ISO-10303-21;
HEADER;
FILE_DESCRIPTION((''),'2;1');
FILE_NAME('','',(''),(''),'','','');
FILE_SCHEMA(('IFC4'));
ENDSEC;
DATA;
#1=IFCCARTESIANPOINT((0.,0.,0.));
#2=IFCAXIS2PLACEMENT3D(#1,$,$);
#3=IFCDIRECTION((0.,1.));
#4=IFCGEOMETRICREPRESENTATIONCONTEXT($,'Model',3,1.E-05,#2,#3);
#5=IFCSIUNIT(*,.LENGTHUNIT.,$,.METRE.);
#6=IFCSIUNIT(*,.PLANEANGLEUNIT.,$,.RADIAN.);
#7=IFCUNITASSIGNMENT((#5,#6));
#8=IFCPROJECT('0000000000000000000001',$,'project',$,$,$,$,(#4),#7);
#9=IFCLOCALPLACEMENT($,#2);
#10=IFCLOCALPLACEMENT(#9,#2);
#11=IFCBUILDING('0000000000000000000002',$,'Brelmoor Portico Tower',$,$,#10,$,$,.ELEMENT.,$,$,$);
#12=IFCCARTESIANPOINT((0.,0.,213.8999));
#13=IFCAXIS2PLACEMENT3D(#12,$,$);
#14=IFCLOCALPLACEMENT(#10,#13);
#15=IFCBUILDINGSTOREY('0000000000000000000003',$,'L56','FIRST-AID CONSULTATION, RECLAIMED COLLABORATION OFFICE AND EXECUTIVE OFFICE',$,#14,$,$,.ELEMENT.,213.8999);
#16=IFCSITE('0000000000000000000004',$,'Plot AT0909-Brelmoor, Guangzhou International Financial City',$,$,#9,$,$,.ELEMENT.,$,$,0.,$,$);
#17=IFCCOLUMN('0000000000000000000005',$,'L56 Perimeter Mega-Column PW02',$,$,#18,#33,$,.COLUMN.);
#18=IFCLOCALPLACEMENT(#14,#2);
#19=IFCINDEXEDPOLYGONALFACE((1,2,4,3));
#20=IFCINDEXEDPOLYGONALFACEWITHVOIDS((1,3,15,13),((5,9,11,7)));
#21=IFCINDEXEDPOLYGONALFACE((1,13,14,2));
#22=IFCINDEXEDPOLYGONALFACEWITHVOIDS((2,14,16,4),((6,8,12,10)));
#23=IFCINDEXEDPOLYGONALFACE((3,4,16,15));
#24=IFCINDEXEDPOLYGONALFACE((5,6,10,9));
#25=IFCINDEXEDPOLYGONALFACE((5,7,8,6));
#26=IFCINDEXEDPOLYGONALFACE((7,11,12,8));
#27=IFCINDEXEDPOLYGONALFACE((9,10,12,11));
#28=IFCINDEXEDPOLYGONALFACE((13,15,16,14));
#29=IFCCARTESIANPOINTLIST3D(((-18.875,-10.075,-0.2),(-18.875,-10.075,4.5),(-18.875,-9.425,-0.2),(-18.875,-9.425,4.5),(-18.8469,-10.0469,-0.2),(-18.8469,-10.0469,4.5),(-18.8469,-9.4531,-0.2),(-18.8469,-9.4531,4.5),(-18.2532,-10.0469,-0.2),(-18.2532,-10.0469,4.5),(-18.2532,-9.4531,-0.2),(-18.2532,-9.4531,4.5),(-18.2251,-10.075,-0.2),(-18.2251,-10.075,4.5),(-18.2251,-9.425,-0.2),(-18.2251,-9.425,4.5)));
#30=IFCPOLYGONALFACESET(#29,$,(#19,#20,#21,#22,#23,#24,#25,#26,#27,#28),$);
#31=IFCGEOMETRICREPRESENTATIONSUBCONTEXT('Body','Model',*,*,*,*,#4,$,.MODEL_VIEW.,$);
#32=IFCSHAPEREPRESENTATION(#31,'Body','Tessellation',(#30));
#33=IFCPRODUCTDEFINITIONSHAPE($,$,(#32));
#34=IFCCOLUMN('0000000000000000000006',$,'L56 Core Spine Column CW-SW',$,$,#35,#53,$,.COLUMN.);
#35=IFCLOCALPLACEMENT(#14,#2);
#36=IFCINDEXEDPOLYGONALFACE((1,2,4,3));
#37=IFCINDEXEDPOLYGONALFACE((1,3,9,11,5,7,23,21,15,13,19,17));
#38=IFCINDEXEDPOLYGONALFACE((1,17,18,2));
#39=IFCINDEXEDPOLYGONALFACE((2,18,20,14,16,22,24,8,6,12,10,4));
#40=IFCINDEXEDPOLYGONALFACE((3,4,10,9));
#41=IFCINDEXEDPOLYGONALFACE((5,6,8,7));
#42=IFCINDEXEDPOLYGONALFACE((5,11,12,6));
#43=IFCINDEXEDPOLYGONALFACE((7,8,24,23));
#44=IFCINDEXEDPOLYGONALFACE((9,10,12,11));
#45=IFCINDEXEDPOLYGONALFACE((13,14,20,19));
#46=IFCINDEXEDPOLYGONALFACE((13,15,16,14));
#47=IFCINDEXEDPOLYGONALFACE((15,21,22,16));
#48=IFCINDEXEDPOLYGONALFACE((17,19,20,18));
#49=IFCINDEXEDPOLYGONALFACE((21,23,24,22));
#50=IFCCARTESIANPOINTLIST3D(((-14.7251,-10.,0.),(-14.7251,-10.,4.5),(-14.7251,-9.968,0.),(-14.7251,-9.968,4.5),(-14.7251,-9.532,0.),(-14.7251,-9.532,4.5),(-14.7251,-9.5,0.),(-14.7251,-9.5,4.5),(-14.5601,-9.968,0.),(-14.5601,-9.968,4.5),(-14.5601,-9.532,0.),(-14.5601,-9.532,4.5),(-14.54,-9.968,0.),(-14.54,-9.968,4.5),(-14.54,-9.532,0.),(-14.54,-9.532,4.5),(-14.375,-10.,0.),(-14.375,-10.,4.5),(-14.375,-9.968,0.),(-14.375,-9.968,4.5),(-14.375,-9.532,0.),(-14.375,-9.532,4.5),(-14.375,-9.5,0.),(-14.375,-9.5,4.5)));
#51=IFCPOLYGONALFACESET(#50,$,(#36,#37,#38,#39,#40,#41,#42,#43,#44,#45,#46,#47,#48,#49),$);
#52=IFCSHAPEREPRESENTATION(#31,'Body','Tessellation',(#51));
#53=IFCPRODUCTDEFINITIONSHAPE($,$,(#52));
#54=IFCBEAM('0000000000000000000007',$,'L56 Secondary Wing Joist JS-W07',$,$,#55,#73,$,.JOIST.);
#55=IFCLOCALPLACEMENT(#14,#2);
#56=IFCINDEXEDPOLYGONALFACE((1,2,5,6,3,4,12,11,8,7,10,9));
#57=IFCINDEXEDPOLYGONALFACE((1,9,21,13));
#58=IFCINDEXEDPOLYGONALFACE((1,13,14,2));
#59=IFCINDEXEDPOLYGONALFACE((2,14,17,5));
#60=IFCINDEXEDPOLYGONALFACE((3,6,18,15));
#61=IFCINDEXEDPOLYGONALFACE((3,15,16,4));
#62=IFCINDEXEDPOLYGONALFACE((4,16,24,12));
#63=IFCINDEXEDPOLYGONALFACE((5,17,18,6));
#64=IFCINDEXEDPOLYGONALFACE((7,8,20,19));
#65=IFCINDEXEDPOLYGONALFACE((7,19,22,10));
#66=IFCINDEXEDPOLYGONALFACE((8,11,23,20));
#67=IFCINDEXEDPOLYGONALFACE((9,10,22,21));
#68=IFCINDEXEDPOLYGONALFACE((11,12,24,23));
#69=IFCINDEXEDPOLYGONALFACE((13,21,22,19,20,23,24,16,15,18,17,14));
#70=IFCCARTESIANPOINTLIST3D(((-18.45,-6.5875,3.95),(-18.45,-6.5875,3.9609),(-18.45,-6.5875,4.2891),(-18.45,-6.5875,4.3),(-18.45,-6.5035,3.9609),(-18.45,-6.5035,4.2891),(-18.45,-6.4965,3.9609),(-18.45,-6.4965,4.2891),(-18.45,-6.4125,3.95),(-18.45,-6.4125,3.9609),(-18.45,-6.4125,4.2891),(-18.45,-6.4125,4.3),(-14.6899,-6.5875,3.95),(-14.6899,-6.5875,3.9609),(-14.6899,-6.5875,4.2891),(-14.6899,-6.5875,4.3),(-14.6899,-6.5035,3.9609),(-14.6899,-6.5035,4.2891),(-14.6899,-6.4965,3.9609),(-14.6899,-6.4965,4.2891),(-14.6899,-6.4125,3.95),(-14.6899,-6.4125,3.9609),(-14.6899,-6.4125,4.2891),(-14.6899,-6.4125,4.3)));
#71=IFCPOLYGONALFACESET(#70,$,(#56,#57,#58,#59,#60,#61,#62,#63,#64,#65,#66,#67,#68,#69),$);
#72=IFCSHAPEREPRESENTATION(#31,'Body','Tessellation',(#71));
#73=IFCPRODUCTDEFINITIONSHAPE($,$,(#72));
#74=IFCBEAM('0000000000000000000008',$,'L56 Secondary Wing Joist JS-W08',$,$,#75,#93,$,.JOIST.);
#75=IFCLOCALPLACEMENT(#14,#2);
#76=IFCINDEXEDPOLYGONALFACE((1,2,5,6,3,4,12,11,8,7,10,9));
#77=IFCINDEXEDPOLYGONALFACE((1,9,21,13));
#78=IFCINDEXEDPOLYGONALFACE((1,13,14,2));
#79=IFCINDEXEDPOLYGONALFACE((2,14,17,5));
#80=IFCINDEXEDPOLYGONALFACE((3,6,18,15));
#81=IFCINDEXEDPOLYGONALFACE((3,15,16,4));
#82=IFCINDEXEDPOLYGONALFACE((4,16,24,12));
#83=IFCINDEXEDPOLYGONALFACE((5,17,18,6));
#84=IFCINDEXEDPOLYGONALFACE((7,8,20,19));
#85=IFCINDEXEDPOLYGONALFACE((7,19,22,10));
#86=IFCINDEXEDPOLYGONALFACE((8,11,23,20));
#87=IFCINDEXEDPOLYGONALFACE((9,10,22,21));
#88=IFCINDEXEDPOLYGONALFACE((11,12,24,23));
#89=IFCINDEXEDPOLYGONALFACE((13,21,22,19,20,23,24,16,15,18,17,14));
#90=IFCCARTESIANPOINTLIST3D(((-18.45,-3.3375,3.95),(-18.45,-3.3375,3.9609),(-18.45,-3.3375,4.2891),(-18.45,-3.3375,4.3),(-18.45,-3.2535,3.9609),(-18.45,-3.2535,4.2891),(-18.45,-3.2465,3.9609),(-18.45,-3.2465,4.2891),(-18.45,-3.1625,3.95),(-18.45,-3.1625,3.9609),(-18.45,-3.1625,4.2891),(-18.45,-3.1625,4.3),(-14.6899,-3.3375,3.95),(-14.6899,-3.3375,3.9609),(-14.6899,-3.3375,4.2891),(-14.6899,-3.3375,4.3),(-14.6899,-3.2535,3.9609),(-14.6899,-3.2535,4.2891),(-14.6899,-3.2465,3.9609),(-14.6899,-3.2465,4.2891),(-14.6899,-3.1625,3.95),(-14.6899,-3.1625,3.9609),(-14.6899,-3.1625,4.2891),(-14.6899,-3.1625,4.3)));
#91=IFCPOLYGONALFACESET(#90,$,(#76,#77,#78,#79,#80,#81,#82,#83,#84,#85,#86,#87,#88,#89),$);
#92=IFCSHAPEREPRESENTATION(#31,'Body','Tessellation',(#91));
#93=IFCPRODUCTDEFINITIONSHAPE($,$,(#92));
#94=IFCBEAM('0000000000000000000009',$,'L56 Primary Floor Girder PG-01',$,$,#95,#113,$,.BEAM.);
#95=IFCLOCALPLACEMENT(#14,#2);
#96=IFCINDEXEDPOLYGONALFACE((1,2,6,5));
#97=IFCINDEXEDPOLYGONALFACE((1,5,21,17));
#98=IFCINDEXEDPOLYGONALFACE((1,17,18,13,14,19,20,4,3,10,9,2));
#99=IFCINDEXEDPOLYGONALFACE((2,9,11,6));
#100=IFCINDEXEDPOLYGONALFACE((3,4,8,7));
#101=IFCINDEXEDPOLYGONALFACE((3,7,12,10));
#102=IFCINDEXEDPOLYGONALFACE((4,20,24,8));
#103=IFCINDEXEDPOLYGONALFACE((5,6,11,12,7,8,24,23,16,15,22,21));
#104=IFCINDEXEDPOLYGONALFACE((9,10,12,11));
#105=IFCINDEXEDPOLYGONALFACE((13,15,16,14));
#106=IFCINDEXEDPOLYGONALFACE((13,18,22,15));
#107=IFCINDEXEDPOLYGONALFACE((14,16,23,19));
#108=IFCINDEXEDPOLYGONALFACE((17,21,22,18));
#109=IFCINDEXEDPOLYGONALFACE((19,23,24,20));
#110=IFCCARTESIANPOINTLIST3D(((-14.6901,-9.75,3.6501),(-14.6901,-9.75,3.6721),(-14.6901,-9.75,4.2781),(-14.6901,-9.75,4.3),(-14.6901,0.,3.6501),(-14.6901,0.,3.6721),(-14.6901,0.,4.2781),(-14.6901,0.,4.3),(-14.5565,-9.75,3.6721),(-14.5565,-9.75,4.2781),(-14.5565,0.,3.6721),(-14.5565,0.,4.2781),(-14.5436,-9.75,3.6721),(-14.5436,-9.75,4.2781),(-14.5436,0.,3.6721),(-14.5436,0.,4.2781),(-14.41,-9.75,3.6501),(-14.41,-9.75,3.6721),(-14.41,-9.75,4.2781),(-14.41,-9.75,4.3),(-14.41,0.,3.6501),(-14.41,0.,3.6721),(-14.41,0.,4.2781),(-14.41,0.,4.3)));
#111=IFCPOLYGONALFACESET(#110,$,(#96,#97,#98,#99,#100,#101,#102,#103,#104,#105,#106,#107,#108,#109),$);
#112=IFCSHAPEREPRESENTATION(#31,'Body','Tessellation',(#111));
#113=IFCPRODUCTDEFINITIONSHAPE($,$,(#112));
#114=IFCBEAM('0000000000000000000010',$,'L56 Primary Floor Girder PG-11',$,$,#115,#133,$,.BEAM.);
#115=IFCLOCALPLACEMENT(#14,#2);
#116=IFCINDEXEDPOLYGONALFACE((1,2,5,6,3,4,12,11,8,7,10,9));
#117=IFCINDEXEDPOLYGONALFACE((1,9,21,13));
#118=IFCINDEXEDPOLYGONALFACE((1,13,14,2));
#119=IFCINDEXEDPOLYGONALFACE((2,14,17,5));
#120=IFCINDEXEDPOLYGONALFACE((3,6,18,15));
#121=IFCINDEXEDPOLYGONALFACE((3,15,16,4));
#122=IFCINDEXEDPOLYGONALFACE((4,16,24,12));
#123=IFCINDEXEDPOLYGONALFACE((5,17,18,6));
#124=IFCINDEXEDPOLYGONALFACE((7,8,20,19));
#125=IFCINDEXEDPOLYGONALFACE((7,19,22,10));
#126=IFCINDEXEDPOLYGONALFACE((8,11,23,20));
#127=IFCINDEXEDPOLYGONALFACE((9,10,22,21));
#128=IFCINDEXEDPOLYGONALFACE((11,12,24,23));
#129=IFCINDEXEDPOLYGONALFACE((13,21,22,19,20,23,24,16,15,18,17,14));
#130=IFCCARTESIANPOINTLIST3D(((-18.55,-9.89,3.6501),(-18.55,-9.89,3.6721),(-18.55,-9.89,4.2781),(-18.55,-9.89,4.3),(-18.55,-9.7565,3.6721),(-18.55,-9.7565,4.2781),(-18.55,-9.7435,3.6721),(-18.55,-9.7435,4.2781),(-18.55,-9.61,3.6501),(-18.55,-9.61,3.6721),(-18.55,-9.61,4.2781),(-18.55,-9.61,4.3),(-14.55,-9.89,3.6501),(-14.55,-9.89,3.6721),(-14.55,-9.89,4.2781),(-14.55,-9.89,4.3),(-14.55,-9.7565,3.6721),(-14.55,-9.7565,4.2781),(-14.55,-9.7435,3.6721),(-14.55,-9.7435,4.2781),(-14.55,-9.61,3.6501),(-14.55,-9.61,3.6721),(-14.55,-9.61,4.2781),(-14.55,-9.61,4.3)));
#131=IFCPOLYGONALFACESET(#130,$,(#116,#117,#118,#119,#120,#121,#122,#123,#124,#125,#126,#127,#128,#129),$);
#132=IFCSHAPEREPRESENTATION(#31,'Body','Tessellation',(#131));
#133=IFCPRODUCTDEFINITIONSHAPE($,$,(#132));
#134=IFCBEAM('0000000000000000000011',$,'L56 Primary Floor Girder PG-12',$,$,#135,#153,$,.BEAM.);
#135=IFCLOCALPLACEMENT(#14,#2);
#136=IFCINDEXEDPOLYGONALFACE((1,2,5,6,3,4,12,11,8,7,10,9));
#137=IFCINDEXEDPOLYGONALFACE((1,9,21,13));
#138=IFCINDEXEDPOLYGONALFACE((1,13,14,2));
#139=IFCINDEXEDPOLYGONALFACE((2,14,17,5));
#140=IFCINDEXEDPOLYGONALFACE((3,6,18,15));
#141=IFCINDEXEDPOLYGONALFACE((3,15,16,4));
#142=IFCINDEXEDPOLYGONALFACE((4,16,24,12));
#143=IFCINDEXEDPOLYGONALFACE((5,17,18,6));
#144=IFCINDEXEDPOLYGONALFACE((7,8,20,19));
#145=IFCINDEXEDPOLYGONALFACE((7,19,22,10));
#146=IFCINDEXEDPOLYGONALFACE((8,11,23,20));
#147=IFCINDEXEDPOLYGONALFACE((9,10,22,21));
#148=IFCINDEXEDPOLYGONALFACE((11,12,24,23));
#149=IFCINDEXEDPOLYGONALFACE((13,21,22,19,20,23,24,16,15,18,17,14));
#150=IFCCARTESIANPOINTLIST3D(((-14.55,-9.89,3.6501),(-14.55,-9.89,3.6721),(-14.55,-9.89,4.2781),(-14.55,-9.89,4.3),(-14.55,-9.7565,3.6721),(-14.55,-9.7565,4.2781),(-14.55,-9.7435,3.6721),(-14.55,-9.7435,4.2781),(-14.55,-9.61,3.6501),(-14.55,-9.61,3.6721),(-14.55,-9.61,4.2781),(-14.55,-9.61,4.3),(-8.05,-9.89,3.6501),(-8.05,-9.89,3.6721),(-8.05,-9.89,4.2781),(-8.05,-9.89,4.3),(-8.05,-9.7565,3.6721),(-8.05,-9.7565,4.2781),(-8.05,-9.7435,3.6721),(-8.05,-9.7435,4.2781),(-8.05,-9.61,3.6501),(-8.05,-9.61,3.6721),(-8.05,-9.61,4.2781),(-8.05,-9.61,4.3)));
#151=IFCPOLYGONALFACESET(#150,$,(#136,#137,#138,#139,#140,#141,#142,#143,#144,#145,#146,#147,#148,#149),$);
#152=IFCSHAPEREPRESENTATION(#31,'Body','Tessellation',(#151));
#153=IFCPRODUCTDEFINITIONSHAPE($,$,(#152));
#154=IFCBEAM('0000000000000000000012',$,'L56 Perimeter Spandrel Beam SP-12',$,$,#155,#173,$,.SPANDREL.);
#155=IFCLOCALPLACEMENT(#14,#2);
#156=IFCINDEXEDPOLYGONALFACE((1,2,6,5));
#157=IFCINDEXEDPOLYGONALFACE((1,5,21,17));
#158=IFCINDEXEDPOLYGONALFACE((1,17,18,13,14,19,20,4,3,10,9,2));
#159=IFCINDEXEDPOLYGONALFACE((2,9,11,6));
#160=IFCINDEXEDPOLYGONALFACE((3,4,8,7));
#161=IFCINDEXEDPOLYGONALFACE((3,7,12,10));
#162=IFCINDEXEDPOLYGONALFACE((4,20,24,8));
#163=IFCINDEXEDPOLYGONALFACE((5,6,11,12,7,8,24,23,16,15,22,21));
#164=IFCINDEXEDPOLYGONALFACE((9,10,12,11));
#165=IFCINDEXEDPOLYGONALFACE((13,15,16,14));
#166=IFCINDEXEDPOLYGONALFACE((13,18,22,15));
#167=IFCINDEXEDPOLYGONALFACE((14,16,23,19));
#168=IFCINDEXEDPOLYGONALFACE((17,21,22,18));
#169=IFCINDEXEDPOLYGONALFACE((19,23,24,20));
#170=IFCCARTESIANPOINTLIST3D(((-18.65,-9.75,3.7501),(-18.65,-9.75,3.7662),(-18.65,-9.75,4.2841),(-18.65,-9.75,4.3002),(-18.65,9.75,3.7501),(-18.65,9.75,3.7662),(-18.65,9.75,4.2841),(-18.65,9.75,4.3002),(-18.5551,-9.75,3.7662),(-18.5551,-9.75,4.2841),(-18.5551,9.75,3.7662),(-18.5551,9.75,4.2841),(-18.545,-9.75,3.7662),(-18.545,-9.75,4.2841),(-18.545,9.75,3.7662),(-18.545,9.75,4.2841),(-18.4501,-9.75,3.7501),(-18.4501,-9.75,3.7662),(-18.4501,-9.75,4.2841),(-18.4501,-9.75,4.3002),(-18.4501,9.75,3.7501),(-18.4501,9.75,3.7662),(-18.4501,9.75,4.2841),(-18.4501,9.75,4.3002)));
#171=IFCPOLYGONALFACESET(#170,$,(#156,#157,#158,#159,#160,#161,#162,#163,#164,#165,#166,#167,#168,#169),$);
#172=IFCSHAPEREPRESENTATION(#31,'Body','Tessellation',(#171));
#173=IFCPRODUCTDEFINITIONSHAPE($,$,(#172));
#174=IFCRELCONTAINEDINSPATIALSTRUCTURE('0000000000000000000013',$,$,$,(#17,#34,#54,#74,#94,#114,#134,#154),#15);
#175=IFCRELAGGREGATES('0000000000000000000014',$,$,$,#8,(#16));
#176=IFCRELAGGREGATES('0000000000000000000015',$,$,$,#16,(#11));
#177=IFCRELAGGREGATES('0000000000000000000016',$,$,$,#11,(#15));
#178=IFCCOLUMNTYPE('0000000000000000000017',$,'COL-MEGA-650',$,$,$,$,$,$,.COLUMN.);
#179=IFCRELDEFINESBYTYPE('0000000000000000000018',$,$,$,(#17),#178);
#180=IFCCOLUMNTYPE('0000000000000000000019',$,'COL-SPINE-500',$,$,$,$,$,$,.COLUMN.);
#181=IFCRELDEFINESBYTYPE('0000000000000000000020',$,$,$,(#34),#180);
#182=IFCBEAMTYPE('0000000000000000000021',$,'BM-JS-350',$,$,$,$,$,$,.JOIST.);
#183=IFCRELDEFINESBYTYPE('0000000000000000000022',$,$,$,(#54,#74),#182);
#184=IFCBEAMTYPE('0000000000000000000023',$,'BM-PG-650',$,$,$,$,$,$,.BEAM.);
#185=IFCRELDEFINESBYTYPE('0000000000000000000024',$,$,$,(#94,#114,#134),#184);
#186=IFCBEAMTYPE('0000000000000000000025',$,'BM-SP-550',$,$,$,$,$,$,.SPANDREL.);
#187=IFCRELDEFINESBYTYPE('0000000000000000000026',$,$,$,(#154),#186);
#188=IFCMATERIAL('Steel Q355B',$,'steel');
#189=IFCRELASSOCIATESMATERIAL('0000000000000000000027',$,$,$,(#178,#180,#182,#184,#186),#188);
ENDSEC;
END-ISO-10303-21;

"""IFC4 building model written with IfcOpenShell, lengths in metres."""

from ifc_helpers import new_model, si_unit, direction, frame, origin, origin_2d, place, context, subcontext, project, spatial, hollow_rectangle, i_section, extrude, material, material_profile, profile_set, type_object, element, save


model = new_model("IFC4")

# Units and contexts
model_context = context("Model", 3, precision=1e-05, world=origin(), true_north=direction((0.0, 1.0)))
body_context = subcontext(model_context, "Body", "Model", "MODEL_VIEW")
ifc_project = project(units=[si_unit("LENGTHUNIT", "METRE"), si_unit("PLANEANGLEUNIT", "RADIAN")], contexts=[model_context])

# Site, building, storey
site_placement = place(None, origin())
site = spatial("IfcSite", under=ifc_project, at=site_placement, Name="Plot AT0909-Brelmoor, Guangzhou International Financial City", CompositionType="ELEMENT", RefElevation=0.0)
building_placement = place(site_placement, origin())
building = spatial("IfcBuilding", under=site, at=building_placement, Name="Brelmoor Portico Tower", CompositionType="ELEMENT")
storey_placement = place(building_placement, frame((0.0, 0.0, 213.8999)))
storey = spatial("IfcBuildingStorey", under=building, at=storey_placement, Name="L56", Description="FIRST-AID CONSULTATION, RECLAIMED COLLABORATION OFFICE AND EXECUTIVE OFFICE", CompositionType="ELEMENT", Elevation=213.8999)

# Columns
ifc_material_1 = material(Name="Steel Q355B", Category="steel")
ifc_material_profile_1 = material_profile(ifc_material_1, hollow_rectangle(XDim=0.6499, YDim=0.6499, WallThickness=0.0281, at=origin_2d()), Name="BOX 650x650x28")
ifc_profile_set_1 = profile_set([ifc_material_profile_1], Name="Steel Q355B")
column_type_1 = type_object("IfcColumnType", Name="COL-MEGA-650", PredefinedType="COLUMN", material=ifc_profile_set_1)
column_1_placement = place(storey_placement, frame((-18.55, -9.75, -0.2), z_axis=(0.0, 0.0, 1.0), x_axis=(0.0, 1.0, 0.0)))
element("IfcColumn", 1, at=column_1_placement, inside=storey, type_object=column_type_1, Name="L56 Perimeter Mega-Column PW02", PredefinedType="COLUMN", context=body_context, shape_type="SweptSolid", body=[
    extrude(hollow_rectangle(XDim=0.6499, YDim=0.6499, WallThickness=0.0281, at=origin_2d()), origin(), (0.0, 0.0, 1.0), 4.7),
])
ifc_material_profile_2 = material_profile(ifc_material_1, i_section(OverallWidth=0.3501, OverallDepth=0.5, WebThickness=0.02, FlangeThickness=0.032, at=origin_2d()), Name="HW 500x350x20x32")
ifc_profile_set_2 = profile_set([ifc_material_profile_2], Name="Steel Q355B")
column_type_2 = type_object("IfcColumnType", Name="COL-SPINE-500", PredefinedType="COLUMN", material=ifc_profile_set_2)
column_2_placement = place(storey_placement, frame((-14.55, -9.75, 0.0), z_axis=(0.0, 0.0, 1.0), x_axis=(1.0, 0.0, 0.0)))
element("IfcColumn", 2, at=column_2_placement, inside=storey, type_object=column_type_2, Name="L56 Core Spine Column CW-SW", PredefinedType="COLUMN", context=body_context, shape_type="SweptSolid", body=[
    extrude(i_section(OverallWidth=0.3501, OverallDepth=0.5, WebThickness=0.02, FlangeThickness=0.032, at=origin_2d()), origin(), (0.0, 0.0, 1.0), 4.5),
])

# Beams
ifc_material_profile_3 = material_profile(ifc_material_1, i_section(OverallWidth=0.175, OverallDepth=0.3501, WebThickness=0.0071, FlangeThickness=0.011, at=origin_2d()), Name="HN 350x175x7x11")
ifc_profile_set_3 = profile_set([ifc_material_profile_3], Name="Steel Q355B")
beam_type_1 = type_object("IfcBeamType", Name="BM-JS-350", PredefinedType="JOIST", material=ifc_profile_set_3)
for number, where, z_axis, x_axis, name in (
    (3, (-18.45, -6.5, 4.125), (1.0, 0.0, 0.0), (0.0, 1.0, 0.0), "L56 Secondary Wing Joist JS-W07"),
    (4, (-18.45, -3.25, 4.125), (1.0, 0.0, 0.0), (0.0, 1.0, 0.0), "L56 Secondary Wing Joist JS-W08"),
):
    element("IfcBeam", number, at=place(storey_placement, frame(where, z_axis=z_axis, x_axis=x_axis)), inside=storey, type_object=beam_type_1, Name=name, PredefinedType="JOIST", context=body_context, shape_type="SweptSolid", body=[
        extrude(i_section(OverallWidth=0.175, OverallDepth=0.3501, WebThickness=0.0071, FlangeThickness=0.011, at=origin_2d()), origin(), (0.0, 0.0, 1.0), 3.76),
    ])
ifc_material_profile_4 = material_profile(ifc_material_1, i_section(OverallWidth=0.28, OverallDepth=0.6499, WebThickness=0.0129, FlangeThickness=0.022, at=origin_2d()), Name="HN 650x280x13x22")
ifc_profile_set_4 = profile_set([ifc_material_profile_4], Name="Steel Q355B")
beam_type_2 = type_object("IfcBeamType", Name="BM-PG-650", PredefinedType="BEAM", material=ifc_profile_set_4)
beam_1_placement = place(storey_placement, frame((-14.55, -9.75, 3.9751), z_axis=(0.0, 1.0, 0.0), x_axis=(-1.0, 0.0, 0.0)))
element("IfcBeam", 5, at=beam_1_placement, inside=storey, type_object=beam_type_2, Name="L56 Primary Floor Girder PG-01", PredefinedType="BEAM", context=body_context, shape_type="SweptSolid", body=[
    extrude(i_section(OverallWidth=0.28, OverallDepth=0.6499, WebThickness=0.0129, FlangeThickness=0.022, at=origin_2d()), origin(), (0.0, 0.0, 1.0), 9.75),
])
beam_2_placement = place(storey_placement, frame((-18.55, -9.75, 3.9751), z_axis=(1.0, 0.0, 0.0), x_axis=(0.0, 1.0, 0.0)))
element("IfcBeam", 6, at=beam_2_placement, inside=storey, type_object=beam_type_2, Name="L56 Primary Floor Girder PG-11", PredefinedType="BEAM", context=body_context, shape_type="SweptSolid", body=[
    extrude(i_section(OverallWidth=0.28, OverallDepth=0.6499, WebThickness=0.0129, FlangeThickness=0.022, at=origin_2d()), origin(), (0.0, 0.0, 1.0), 4.0),
])
beam_3_placement = place(storey_placement, frame((-14.55, -9.75, 3.9751), z_axis=(1.0, 0.0, 0.0), x_axis=(0.0, 1.0, 0.0)))
element("IfcBeam", 7, at=beam_3_placement, inside=storey, type_object=beam_type_2, Name="L56 Primary Floor Girder PG-12", PredefinedType="BEAM", context=body_context, shape_type="SweptSolid", body=[
    extrude(i_section(OverallWidth=0.28, OverallDepth=0.6499, WebThickness=0.0129, FlangeThickness=0.022, at=origin_2d()), origin(), (0.0, 0.0, 1.0), 6.5),
])
ifc_material_profile_5 = material_profile(ifc_material_1, i_section(OverallWidth=0.2, OverallDepth=0.55, WebThickness=0.01, FlangeThickness=0.0161, at=origin_2d()), Name="HN 550x200x10x16")
ifc_profile_set_5 = profile_set([ifc_material_profile_5], Name="Steel Q355B")
beam_type_3 = type_object("IfcBeamType", Name="BM-SP-550", PredefinedType="SPANDREL", material=ifc_profile_set_5)
beam_4_placement = place(storey_placement, frame((-18.55, -9.75, 4.0251), z_axis=(0.0, 1.0, 0.0), x_axis=(-1.0, 0.0, 0.0)))
element("IfcBeam", 8, at=beam_4_placement, inside=storey, type_object=beam_type_3, Name="L56 Perimeter Spandrel Beam SP-12", PredefinedType="SPANDREL", context=body_context, shape_type="SweptSolid", body=[
    extrude(i_section(OverallWidth=0.2, OverallDepth=0.55, WebThickness=0.01, FlangeThickness=0.0161, at=origin_2d()), origin(), (0.0, 0.0, 1.0), 19.5),
])

save(model, "model.ifc")
